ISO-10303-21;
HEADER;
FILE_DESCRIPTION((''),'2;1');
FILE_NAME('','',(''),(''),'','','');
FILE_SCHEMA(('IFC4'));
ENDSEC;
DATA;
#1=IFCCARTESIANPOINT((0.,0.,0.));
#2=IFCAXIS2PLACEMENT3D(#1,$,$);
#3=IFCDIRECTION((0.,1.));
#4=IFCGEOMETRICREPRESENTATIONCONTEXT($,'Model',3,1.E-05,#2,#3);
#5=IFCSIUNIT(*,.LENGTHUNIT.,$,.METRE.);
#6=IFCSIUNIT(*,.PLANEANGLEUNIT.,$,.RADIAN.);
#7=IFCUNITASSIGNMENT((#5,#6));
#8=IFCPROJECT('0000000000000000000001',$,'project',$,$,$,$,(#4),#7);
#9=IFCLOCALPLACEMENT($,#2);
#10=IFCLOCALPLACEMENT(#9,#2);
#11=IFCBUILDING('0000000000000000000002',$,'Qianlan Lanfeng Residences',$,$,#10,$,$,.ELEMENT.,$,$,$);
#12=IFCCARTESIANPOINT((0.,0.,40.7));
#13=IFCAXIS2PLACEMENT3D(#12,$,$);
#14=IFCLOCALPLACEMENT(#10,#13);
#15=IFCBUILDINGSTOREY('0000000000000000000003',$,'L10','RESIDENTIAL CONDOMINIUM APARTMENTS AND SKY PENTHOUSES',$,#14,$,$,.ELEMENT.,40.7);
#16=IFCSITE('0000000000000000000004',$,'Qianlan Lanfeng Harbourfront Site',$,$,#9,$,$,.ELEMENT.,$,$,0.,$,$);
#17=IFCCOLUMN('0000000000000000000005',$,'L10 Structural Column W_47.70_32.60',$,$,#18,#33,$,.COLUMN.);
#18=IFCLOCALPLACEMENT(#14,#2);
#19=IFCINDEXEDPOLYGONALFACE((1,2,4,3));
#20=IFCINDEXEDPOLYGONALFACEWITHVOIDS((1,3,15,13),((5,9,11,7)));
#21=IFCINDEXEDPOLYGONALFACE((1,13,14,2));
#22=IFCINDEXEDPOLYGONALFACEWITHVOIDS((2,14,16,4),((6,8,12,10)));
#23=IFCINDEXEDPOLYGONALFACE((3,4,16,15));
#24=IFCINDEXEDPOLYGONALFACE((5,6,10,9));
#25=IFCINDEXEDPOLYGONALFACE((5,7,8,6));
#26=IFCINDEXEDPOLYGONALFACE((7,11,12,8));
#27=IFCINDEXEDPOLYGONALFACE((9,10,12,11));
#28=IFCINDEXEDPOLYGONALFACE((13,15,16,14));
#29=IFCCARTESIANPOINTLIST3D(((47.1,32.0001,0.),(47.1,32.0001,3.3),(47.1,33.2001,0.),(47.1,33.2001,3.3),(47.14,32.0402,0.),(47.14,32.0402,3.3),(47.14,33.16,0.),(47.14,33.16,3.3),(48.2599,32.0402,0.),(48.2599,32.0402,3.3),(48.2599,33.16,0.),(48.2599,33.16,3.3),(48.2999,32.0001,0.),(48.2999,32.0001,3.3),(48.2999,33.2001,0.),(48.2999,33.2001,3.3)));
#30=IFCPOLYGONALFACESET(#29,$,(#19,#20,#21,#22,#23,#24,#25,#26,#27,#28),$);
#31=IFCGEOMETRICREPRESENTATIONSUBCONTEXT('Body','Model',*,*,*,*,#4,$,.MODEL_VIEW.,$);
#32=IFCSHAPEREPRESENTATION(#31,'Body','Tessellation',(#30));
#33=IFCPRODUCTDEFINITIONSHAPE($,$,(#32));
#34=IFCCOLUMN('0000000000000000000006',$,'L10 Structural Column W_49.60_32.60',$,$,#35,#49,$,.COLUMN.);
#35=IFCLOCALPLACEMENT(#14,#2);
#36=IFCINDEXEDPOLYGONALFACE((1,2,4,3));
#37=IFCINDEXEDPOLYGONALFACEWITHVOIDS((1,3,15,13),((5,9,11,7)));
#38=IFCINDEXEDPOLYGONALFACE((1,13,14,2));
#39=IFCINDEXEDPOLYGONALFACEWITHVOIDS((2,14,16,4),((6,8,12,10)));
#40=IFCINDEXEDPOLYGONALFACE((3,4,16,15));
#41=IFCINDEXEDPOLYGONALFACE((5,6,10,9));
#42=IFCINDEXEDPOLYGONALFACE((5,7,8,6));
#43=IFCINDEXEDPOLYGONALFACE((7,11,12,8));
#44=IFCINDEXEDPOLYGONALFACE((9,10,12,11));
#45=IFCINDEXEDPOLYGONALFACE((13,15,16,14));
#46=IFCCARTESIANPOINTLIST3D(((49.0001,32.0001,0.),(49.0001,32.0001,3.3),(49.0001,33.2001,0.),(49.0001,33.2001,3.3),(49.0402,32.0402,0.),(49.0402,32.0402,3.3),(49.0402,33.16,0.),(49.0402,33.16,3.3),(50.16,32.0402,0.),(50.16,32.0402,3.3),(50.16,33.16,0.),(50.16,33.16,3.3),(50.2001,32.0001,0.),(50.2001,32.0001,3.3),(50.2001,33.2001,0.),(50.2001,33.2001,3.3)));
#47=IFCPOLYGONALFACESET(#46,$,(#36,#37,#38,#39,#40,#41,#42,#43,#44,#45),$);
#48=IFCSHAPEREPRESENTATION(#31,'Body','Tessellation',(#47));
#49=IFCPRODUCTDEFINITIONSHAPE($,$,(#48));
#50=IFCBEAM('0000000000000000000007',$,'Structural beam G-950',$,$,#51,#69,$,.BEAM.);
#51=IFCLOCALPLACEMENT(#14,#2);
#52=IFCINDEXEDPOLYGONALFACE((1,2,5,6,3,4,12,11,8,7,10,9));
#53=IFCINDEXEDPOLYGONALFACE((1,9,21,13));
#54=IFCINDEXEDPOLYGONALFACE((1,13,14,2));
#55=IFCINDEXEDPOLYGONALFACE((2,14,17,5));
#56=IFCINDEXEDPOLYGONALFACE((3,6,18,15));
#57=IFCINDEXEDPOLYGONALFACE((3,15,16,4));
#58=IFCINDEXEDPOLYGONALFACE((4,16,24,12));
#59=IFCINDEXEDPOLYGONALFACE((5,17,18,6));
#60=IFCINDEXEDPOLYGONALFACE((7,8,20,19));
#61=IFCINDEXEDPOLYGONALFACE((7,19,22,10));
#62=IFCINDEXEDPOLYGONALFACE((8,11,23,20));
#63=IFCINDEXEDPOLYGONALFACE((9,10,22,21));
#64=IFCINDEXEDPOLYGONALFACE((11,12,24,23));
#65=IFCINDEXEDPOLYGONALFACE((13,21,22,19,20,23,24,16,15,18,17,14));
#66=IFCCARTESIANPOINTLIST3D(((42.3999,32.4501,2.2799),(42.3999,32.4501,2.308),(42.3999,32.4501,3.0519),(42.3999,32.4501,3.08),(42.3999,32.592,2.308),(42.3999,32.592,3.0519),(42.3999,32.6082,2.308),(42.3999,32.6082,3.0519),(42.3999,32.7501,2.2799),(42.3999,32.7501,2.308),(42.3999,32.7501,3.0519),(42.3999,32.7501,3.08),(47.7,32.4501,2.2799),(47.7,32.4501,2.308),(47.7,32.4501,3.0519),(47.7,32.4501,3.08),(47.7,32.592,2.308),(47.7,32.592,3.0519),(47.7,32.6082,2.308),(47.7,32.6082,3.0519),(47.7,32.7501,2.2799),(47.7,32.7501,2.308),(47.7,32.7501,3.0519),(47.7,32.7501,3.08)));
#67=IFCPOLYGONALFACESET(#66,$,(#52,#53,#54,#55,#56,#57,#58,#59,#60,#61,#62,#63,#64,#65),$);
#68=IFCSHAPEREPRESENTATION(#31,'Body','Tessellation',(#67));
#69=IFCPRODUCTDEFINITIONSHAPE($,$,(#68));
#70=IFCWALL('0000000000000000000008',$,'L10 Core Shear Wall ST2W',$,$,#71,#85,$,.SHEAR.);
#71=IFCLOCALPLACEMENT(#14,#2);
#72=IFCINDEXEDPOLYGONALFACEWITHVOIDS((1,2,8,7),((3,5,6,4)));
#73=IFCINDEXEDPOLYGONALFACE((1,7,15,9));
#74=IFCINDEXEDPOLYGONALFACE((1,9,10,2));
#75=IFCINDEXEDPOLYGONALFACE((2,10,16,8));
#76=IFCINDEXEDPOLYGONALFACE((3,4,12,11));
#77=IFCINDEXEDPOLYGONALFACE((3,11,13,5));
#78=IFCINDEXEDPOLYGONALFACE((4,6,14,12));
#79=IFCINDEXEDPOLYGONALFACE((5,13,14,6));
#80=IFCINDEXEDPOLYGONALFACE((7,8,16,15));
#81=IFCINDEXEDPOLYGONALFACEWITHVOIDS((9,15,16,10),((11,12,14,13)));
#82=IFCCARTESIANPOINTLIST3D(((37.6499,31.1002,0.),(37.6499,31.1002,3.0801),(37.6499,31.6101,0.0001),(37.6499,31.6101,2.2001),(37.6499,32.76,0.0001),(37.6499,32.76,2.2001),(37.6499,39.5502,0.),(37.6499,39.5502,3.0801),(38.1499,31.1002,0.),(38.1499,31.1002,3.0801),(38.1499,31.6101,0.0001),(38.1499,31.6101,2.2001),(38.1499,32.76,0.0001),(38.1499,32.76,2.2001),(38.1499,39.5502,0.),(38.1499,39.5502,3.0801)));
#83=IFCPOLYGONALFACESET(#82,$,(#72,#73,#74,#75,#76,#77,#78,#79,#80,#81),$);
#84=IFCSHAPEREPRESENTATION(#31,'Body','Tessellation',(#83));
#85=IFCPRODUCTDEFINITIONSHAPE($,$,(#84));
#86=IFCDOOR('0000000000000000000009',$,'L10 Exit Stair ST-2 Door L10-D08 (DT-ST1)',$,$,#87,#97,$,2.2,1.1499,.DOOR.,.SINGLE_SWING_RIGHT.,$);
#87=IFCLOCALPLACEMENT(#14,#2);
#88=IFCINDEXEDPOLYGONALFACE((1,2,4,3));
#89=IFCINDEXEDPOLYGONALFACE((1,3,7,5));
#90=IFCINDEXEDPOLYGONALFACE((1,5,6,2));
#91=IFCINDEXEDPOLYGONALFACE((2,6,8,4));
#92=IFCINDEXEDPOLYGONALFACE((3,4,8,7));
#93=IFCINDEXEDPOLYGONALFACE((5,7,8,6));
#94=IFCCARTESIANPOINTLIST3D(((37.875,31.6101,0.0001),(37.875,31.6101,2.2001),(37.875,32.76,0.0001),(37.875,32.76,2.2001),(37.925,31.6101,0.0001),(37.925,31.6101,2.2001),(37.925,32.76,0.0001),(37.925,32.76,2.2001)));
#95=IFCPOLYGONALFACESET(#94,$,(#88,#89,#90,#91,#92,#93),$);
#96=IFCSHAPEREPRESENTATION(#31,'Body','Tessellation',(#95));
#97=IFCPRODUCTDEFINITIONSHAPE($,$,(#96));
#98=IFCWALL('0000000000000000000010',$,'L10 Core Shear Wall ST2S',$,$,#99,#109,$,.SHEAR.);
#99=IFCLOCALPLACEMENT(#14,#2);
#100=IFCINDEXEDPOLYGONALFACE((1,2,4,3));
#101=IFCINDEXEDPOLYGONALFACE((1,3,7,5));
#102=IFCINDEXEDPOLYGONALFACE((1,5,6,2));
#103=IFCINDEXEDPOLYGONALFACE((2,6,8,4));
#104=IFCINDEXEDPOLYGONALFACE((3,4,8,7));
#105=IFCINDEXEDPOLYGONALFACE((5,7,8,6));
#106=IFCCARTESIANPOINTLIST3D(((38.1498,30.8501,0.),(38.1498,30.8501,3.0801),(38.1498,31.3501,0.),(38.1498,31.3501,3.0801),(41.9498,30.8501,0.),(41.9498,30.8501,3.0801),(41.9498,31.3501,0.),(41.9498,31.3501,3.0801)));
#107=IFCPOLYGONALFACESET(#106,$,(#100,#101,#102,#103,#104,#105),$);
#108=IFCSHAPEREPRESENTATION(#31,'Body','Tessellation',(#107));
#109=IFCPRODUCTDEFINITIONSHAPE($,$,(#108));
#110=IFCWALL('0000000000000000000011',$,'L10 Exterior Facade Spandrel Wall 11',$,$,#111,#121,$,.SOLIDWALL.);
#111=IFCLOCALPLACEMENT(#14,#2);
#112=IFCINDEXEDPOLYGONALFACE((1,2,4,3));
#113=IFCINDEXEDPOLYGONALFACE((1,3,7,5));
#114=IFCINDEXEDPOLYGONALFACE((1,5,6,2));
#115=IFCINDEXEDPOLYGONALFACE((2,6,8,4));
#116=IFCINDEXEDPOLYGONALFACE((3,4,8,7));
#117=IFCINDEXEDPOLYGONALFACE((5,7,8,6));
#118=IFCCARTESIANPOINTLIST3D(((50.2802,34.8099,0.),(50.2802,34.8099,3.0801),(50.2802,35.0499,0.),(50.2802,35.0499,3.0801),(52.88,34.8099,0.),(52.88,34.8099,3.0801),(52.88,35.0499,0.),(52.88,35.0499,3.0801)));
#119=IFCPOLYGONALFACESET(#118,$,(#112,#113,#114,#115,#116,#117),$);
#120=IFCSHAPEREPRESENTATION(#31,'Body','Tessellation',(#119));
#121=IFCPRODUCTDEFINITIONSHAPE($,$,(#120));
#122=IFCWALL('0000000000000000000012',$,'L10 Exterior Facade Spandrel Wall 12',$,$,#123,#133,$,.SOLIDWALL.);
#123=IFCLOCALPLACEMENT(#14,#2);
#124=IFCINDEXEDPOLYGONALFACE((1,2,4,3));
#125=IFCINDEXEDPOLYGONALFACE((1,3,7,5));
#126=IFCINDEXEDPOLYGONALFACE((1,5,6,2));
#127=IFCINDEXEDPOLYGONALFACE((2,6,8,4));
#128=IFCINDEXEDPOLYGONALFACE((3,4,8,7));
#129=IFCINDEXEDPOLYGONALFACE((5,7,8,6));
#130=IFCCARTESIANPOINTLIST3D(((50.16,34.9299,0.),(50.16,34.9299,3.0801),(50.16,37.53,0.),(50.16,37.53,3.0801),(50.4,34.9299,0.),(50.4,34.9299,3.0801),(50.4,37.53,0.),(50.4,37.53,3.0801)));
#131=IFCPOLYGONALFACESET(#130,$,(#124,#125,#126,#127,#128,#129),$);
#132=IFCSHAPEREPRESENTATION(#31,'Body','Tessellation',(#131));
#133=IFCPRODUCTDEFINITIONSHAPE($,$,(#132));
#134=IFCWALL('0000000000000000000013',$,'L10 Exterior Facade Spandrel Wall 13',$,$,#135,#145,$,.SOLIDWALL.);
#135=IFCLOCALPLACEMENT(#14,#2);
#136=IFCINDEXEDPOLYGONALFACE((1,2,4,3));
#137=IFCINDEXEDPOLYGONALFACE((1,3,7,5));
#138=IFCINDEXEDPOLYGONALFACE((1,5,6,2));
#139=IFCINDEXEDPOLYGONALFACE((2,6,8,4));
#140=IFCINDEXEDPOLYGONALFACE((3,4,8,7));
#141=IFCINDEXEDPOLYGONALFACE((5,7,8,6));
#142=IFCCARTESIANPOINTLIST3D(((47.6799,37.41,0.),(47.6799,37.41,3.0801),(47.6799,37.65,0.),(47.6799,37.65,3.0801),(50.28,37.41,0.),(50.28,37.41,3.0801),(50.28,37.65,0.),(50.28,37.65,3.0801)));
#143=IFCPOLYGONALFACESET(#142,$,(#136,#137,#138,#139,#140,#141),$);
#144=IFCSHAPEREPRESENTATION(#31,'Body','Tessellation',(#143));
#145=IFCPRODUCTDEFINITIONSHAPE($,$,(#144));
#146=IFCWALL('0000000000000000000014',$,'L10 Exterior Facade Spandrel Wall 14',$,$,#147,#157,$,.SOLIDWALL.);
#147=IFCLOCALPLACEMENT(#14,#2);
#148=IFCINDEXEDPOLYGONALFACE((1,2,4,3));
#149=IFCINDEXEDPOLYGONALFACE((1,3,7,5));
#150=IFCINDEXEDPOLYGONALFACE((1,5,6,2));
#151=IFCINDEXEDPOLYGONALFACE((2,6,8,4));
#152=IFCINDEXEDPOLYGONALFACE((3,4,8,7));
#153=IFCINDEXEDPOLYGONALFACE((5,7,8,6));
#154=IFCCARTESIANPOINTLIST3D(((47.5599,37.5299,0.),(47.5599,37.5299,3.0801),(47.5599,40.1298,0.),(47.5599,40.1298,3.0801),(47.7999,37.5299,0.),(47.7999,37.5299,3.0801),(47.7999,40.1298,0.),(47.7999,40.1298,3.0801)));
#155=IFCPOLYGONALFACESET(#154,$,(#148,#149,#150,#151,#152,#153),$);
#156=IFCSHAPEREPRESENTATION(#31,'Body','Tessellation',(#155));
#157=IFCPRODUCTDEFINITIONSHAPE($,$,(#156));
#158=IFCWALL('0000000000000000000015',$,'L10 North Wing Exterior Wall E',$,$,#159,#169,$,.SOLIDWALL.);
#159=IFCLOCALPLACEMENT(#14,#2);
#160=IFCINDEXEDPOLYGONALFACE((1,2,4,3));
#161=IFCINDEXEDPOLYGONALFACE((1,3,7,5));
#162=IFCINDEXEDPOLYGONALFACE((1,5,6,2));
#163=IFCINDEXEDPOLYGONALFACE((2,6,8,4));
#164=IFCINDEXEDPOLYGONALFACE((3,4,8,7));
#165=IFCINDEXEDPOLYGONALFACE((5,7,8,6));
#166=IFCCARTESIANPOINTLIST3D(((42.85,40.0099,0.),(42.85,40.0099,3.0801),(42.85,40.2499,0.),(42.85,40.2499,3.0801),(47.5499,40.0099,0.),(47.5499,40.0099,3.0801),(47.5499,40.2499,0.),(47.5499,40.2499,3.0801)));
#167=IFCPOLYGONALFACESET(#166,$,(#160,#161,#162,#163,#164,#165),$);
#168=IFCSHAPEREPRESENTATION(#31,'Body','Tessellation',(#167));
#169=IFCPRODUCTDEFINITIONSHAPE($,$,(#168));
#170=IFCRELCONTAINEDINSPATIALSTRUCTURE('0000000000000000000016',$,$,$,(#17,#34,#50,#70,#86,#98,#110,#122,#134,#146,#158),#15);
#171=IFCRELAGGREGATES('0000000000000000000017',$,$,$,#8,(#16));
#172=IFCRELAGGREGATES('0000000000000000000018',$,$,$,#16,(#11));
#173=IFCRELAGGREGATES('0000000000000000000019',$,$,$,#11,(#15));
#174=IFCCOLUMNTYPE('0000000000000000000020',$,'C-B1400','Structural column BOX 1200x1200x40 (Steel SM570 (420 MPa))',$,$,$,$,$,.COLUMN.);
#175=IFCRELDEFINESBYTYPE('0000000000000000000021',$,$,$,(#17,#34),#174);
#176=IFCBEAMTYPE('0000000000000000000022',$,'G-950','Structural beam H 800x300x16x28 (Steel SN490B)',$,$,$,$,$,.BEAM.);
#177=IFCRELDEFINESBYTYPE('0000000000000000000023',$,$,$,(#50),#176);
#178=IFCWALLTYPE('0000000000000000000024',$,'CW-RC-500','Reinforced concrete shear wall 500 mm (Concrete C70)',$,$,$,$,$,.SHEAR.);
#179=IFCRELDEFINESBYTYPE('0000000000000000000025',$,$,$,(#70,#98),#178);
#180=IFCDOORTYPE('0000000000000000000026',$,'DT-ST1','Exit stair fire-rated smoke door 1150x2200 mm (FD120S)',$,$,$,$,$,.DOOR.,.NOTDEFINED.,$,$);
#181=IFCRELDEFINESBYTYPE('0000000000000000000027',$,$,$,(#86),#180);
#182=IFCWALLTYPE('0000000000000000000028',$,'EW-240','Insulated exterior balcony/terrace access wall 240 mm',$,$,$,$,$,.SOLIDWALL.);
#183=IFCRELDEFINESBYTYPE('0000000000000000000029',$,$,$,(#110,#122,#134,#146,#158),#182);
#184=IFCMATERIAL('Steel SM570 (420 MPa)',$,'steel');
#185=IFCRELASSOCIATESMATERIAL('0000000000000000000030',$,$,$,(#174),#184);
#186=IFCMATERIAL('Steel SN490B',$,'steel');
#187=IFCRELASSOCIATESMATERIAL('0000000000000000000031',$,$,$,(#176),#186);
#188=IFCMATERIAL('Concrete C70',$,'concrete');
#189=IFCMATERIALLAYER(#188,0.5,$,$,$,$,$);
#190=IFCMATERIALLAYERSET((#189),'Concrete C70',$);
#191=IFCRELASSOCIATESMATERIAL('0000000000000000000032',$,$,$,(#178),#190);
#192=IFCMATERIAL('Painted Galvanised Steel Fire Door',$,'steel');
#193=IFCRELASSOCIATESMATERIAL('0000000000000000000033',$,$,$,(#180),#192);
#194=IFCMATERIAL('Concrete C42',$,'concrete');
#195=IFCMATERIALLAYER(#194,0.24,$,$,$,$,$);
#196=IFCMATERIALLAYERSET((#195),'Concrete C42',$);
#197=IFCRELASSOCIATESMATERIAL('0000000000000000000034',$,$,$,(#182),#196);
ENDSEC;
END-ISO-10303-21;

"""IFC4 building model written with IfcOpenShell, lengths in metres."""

from ifc_helpers import new_model, si_unit, direction, frame, frame_2d, origin, origin_2d, place, context, subcontext, project, spatial, rectangle, hollow_rectangle, i_section, extrude, material, layer, layer_set, material_profile, profile_set, type_object, element, fill, save


model = new_model("IFC4")

# Units and contexts
model_context = context("Model", 3, precision=1e-05, world=origin(), true_north=direction((0.0, 1.0)))
body_context = subcontext(model_context, "Body", "Model", "MODEL_VIEW")
ifc_project = project(units=[si_unit("LENGTHUNIT", "METRE"), si_unit("PLANEANGLEUNIT", "RADIAN")], contexts=[model_context])

# Site, building, storey
site_placement = place(None, origin())
site = spatial("IfcSite", under=ifc_project, at=site_placement, Name="Qianlan Lanfeng Harbourfront Site", CompositionType="ELEMENT", RefElevation=0.0)
building_placement = place(site_placement, origin())
building = spatial("IfcBuilding", under=site, at=building_placement, Name="Qianlan Lanfeng Residences", CompositionType="ELEMENT")
storey_placement = place(building_placement, frame((0.0, 0.0, 40.7)))
storey = spatial("IfcBuildingStorey", under=building, at=storey_placement, Name="L10", Description="RESIDENTIAL CONDOMINIUM APARTMENTS AND SKY PENTHOUSES", CompositionType="ELEMENT", Elevation=40.7)

# Columns
ifc_material_1 = material(Name="Steel SM570 (420 MPa)", Category="steel")
ifc_material_profile_1 = material_profile(ifc_material_1, hollow_rectangle(XDim=1.2, YDim=1.2, WallThickness=0.04, at=origin_2d()), Name="BOX 1200x1200x40")
ifc_profile_set_1 = profile_set([ifc_material_profile_1], Name="Steel SM570 (420 MPa)")
column_type = type_object("IfcColumnType", Name="C-B1400", Description="Structural column BOX 1200x1200x40 (Steel SM570 (420 MPa))", PredefinedType="COLUMN", material=ifc_profile_set_1)
for number, where, z_axis, x_axis, name in (
    (1, (47.7, 32.6001, 0.0), (0.0, 0.0, 1.0), (1.0, 0.0, 0.0), "L10 Structural Column W_47.70_32.60"),
    (2, (49.6001, 32.6001, 0.0), (0.0, 0.0, 1.0), (1.0, 0.0, 0.0), "L10 Structural Column W_49.60_32.60"),
):
    element("IfcColumn", number, at=place(storey_placement, frame(where, z_axis=z_axis, x_axis=x_axis)), inside=storey, type_object=column_type, Name=name, PredefinedType="COLUMN", context=body_context, shape_type="SweptSolid", body=[
        extrude(hollow_rectangle(XDim=1.2, YDim=1.2, WallThickness=0.04, at=origin_2d()), origin(), (0.0, 0.0, 1.0), 3.3),
    ])

# Beam
ifc_material_2 = material(Name="Steel SN490B", Category="steel")
ifc_material_profile_2 = material_profile(ifc_material_2, i_section(OverallWidth=0.3, OverallDepth=0.8, WebThickness=0.0161, FlangeThickness=0.0281, at=origin_2d()), Name="H 800x300x16x28")
ifc_profile_set_2 = profile_set([ifc_material_profile_2], Name="Steel SN490B")
beam_type = type_object("IfcBeamType", Name="G-950", Description="Structural beam H 800x300x16x28 (Steel SN490B)", PredefinedType="BEAM", material=ifc_profile_set_2)
beam_placement = place(storey_placement, frame((42.3999, 32.6001, 2.6799), z_axis=(1.0, 0.0, 0.0), x_axis=(0.0, 1.0, 0.0)))
element("IfcBeam", 3, at=beam_placement, inside=storey, type_object=beam_type, Name="Structural beam G-950", PredefinedType="BEAM", context=body_context, shape_type="SweptSolid", body=[
    extrude(i_section(OverallWidth=0.3, OverallDepth=0.8, WebThickness=0.0161, FlangeThickness=0.0281, at=origin_2d()), origin(), (0.0, 0.0, 1.0), 5.3),
])

# Wall, opening, door
ifc_material_3 = material(Name="Concrete C70", Category="concrete")
ifc_layer_1 = layer(ifc_material_3, 0.5)
ifc_layer_set_1 = layer_set([ifc_layer_1], Name="Concrete C70")
wall_type_1 = type_object("IfcWallType", Name="CW-RC-500", Description="Reinforced concrete shear wall 500 mm (Concrete C70)", PredefinedType="SHEAR", material=ifc_layer_set_1)
wall_1_placement = place(storey_placement, frame((37.8999, 31.1001, 0.0), z_axis=(0.0, 0.0, 1.0), x_axis=(0.0, 1.0, 0.0)))
wall_1 = element("IfcWall", 4, at=wall_1_placement, inside=storey, type_object=wall_type_1, Name="L10 Core Shear Wall ST2W", PredefinedType="SHEAR", context=body_context, shape_type="SweptSolid", body=[
    extrude(rectangle(XDim=8.45, YDim=0.5, at=frame_2d((4.2251, 0.0))), origin(), (0.0, 0.0, 1.0), 3.0801),
])
opening_1_placement = place(wall_1_placement, frame((0.51, 0.0, 0.0)))
opening_1 = element("IfcOpeningElement", 5, at=opening_1_placement, cuts=wall_1, PredefinedType="OPENING", context=body_context, shape_type="SweptSolid", body=[
    extrude(rectangle(XDim=1.1499, YDim=2.2, at=frame_2d((0.575, 1.1001))), frame((0.0, 0.26, 0.0), z_axis=(0.0, -1.0, 0.0), x_axis=(1.0, 0.0, 0.0)), (0.0, 0.0, 1.0), 0.52),
])
ifc_material_4 = material(Name="Painted Galvanised Steel Fire Door", Category="steel")
door_type_1 = type_object("IfcDoorType", Name="DT-ST1", Description="Exit stair fire-rated smoke door 1150x2200 mm (FD120S)", OperationType="NOTDEFINED", PredefinedType="DOOR", material=ifc_material_4)
door_1_placement = place(opening_1_placement, origin())
door_1 = element("IfcDoor", 6, at=door_1_placement, inside=storey, type_object=door_type_1, Name="L10 Exit Stair ST-2 Door L10-D08 (DT-ST1)", OperationType="SINGLE_SWING_RIGHT", OverallHeight=2.2, OverallWidth=1.1499, PredefinedType="DOOR", context=body_context, shape_type="SweptSolid", body=[
    extrude(rectangle(XDim=1.1499, YDim=2.2, at=frame_2d((0.575, 1.1001))), frame((0.0, 0.0249, 0.0), z_axis=(0.0, -1.0, 0.0), x_axis=(1.0, 0.0, 0.0)), (0.0, 0.0, 1.0), 0.05),
])
fill(opening_1, door_1)

# Walls
wall_2_placement = place(storey_placement, frame((38.1499, 31.1001, 0.0), z_axis=(0.0, 0.0, 1.0), x_axis=(1.0, 0.0, 0.0)))
element("IfcWall", 7, at=wall_2_placement, inside=storey, type_object=wall_type_1, Name="L10 Core Shear Wall ST2S", PredefinedType="SHEAR", context=body_context, shape_type="SweptSolid", body=[
    extrude(rectangle(XDim=3.8, YDim=0.5, at=frame_2d((1.8999, 0.0))), origin(), (0.0, 0.0, 1.0), 3.0801),
])
ifc_material_5 = material(Name="Concrete C42", Category="concrete")
ifc_layer_2 = layer(ifc_material_5, 0.24)
ifc_layer_set_2 = layer_set([ifc_layer_2], Name="Concrete C42")
wall_type_2 = type_object("IfcWallType", Name="EW-240", Description="Insulated exterior balcony/terrace access wall 240 mm", PredefinedType="SOLIDWALL", material=ifc_layer_set_2)
wall_3_placement = place(storey_placement, frame((52.8799, 34.9299, 0.0), z_axis=(0.0, 0.0, 1.0), x_axis=(-1.0, 0.0, 0.0)))
element("IfcWall", 8, at=wall_3_placement, inside=storey, type_object=wall_type_2, Name="L10 Exterior Facade Spandrel Wall 11", PredefinedType="SOLIDWALL", context=body_context, shape_type="SweptSolid", body=[
    extrude(rectangle(XDim=2.5999, YDim=0.24, at=frame_2d((1.2998, 0.0))), origin(), (0.0, 0.0, 1.0), 3.0801),
])
for number, where, z_axis, x_axis, name in (
    (9, (50.28, 34.9299, 0.0), (0.0, 0.0, 1.0), (0.0, 1.0, 0.0), "L10 Exterior Facade Spandrel Wall 12"),
    (10, (50.28, 37.53, 0.0), (0.0, 0.0, 1.0), (-1.0, 0.0, 0.0), "L10 Exterior Facade Spandrel Wall 13"),
):
    element("IfcWall", number, at=place(storey_placement, frame(where, z_axis=z_axis, x_axis=x_axis)), inside=storey, type_object=wall_type_2, Name=name, PredefinedType="SOLIDWALL", context=body_context, shape_type="SweptSolid", body=[
        extrude(rectangle(XDim=2.6001, YDim=0.24, at=frame_2d((1.3, 0.0))), origin(), (0.0, 0.0, 1.0), 3.0801),
    ])
wall_4_placement = place(storey_placement, frame((47.6799, 37.53, 0.0), z_axis=(0.0, 0.0, 1.0), x_axis=(0.0, 1.0, 0.0)))
element("IfcWall", 11, at=wall_4_placement, inside=storey, type_object=wall_type_2, Name="L10 Exterior Facade Spandrel Wall 14", PredefinedType="SOLIDWALL", context=body_context, shape_type="SweptSolid", body=[
    extrude(rectangle(XDim=2.5999, YDim=0.24, at=frame_2d((1.2998, 0.0))), origin(), (0.0, 0.0, 1.0), 3.0801),
])
wall_5_placement = place(storey_placement, frame((47.55, 40.1299, 0.0), z_axis=(0.0, 0.0, 1.0), x_axis=(-1.0, 0.0, 0.0)))
element("IfcWall", 12, at=wall_5_placement, inside=storey, type_object=wall_type_2, Name="L10 North Wing Exterior Wall E", PredefinedType="SOLIDWALL", context=body_context, shape_type="SweptSolid", body=[
    extrude(rectangle(XDim=4.7, YDim=0.24, at=frame_2d((2.3501, 0.0))), origin(), (0.0, 0.0, 1.0), 3.0801),
])

save(model, "model.ifc")
